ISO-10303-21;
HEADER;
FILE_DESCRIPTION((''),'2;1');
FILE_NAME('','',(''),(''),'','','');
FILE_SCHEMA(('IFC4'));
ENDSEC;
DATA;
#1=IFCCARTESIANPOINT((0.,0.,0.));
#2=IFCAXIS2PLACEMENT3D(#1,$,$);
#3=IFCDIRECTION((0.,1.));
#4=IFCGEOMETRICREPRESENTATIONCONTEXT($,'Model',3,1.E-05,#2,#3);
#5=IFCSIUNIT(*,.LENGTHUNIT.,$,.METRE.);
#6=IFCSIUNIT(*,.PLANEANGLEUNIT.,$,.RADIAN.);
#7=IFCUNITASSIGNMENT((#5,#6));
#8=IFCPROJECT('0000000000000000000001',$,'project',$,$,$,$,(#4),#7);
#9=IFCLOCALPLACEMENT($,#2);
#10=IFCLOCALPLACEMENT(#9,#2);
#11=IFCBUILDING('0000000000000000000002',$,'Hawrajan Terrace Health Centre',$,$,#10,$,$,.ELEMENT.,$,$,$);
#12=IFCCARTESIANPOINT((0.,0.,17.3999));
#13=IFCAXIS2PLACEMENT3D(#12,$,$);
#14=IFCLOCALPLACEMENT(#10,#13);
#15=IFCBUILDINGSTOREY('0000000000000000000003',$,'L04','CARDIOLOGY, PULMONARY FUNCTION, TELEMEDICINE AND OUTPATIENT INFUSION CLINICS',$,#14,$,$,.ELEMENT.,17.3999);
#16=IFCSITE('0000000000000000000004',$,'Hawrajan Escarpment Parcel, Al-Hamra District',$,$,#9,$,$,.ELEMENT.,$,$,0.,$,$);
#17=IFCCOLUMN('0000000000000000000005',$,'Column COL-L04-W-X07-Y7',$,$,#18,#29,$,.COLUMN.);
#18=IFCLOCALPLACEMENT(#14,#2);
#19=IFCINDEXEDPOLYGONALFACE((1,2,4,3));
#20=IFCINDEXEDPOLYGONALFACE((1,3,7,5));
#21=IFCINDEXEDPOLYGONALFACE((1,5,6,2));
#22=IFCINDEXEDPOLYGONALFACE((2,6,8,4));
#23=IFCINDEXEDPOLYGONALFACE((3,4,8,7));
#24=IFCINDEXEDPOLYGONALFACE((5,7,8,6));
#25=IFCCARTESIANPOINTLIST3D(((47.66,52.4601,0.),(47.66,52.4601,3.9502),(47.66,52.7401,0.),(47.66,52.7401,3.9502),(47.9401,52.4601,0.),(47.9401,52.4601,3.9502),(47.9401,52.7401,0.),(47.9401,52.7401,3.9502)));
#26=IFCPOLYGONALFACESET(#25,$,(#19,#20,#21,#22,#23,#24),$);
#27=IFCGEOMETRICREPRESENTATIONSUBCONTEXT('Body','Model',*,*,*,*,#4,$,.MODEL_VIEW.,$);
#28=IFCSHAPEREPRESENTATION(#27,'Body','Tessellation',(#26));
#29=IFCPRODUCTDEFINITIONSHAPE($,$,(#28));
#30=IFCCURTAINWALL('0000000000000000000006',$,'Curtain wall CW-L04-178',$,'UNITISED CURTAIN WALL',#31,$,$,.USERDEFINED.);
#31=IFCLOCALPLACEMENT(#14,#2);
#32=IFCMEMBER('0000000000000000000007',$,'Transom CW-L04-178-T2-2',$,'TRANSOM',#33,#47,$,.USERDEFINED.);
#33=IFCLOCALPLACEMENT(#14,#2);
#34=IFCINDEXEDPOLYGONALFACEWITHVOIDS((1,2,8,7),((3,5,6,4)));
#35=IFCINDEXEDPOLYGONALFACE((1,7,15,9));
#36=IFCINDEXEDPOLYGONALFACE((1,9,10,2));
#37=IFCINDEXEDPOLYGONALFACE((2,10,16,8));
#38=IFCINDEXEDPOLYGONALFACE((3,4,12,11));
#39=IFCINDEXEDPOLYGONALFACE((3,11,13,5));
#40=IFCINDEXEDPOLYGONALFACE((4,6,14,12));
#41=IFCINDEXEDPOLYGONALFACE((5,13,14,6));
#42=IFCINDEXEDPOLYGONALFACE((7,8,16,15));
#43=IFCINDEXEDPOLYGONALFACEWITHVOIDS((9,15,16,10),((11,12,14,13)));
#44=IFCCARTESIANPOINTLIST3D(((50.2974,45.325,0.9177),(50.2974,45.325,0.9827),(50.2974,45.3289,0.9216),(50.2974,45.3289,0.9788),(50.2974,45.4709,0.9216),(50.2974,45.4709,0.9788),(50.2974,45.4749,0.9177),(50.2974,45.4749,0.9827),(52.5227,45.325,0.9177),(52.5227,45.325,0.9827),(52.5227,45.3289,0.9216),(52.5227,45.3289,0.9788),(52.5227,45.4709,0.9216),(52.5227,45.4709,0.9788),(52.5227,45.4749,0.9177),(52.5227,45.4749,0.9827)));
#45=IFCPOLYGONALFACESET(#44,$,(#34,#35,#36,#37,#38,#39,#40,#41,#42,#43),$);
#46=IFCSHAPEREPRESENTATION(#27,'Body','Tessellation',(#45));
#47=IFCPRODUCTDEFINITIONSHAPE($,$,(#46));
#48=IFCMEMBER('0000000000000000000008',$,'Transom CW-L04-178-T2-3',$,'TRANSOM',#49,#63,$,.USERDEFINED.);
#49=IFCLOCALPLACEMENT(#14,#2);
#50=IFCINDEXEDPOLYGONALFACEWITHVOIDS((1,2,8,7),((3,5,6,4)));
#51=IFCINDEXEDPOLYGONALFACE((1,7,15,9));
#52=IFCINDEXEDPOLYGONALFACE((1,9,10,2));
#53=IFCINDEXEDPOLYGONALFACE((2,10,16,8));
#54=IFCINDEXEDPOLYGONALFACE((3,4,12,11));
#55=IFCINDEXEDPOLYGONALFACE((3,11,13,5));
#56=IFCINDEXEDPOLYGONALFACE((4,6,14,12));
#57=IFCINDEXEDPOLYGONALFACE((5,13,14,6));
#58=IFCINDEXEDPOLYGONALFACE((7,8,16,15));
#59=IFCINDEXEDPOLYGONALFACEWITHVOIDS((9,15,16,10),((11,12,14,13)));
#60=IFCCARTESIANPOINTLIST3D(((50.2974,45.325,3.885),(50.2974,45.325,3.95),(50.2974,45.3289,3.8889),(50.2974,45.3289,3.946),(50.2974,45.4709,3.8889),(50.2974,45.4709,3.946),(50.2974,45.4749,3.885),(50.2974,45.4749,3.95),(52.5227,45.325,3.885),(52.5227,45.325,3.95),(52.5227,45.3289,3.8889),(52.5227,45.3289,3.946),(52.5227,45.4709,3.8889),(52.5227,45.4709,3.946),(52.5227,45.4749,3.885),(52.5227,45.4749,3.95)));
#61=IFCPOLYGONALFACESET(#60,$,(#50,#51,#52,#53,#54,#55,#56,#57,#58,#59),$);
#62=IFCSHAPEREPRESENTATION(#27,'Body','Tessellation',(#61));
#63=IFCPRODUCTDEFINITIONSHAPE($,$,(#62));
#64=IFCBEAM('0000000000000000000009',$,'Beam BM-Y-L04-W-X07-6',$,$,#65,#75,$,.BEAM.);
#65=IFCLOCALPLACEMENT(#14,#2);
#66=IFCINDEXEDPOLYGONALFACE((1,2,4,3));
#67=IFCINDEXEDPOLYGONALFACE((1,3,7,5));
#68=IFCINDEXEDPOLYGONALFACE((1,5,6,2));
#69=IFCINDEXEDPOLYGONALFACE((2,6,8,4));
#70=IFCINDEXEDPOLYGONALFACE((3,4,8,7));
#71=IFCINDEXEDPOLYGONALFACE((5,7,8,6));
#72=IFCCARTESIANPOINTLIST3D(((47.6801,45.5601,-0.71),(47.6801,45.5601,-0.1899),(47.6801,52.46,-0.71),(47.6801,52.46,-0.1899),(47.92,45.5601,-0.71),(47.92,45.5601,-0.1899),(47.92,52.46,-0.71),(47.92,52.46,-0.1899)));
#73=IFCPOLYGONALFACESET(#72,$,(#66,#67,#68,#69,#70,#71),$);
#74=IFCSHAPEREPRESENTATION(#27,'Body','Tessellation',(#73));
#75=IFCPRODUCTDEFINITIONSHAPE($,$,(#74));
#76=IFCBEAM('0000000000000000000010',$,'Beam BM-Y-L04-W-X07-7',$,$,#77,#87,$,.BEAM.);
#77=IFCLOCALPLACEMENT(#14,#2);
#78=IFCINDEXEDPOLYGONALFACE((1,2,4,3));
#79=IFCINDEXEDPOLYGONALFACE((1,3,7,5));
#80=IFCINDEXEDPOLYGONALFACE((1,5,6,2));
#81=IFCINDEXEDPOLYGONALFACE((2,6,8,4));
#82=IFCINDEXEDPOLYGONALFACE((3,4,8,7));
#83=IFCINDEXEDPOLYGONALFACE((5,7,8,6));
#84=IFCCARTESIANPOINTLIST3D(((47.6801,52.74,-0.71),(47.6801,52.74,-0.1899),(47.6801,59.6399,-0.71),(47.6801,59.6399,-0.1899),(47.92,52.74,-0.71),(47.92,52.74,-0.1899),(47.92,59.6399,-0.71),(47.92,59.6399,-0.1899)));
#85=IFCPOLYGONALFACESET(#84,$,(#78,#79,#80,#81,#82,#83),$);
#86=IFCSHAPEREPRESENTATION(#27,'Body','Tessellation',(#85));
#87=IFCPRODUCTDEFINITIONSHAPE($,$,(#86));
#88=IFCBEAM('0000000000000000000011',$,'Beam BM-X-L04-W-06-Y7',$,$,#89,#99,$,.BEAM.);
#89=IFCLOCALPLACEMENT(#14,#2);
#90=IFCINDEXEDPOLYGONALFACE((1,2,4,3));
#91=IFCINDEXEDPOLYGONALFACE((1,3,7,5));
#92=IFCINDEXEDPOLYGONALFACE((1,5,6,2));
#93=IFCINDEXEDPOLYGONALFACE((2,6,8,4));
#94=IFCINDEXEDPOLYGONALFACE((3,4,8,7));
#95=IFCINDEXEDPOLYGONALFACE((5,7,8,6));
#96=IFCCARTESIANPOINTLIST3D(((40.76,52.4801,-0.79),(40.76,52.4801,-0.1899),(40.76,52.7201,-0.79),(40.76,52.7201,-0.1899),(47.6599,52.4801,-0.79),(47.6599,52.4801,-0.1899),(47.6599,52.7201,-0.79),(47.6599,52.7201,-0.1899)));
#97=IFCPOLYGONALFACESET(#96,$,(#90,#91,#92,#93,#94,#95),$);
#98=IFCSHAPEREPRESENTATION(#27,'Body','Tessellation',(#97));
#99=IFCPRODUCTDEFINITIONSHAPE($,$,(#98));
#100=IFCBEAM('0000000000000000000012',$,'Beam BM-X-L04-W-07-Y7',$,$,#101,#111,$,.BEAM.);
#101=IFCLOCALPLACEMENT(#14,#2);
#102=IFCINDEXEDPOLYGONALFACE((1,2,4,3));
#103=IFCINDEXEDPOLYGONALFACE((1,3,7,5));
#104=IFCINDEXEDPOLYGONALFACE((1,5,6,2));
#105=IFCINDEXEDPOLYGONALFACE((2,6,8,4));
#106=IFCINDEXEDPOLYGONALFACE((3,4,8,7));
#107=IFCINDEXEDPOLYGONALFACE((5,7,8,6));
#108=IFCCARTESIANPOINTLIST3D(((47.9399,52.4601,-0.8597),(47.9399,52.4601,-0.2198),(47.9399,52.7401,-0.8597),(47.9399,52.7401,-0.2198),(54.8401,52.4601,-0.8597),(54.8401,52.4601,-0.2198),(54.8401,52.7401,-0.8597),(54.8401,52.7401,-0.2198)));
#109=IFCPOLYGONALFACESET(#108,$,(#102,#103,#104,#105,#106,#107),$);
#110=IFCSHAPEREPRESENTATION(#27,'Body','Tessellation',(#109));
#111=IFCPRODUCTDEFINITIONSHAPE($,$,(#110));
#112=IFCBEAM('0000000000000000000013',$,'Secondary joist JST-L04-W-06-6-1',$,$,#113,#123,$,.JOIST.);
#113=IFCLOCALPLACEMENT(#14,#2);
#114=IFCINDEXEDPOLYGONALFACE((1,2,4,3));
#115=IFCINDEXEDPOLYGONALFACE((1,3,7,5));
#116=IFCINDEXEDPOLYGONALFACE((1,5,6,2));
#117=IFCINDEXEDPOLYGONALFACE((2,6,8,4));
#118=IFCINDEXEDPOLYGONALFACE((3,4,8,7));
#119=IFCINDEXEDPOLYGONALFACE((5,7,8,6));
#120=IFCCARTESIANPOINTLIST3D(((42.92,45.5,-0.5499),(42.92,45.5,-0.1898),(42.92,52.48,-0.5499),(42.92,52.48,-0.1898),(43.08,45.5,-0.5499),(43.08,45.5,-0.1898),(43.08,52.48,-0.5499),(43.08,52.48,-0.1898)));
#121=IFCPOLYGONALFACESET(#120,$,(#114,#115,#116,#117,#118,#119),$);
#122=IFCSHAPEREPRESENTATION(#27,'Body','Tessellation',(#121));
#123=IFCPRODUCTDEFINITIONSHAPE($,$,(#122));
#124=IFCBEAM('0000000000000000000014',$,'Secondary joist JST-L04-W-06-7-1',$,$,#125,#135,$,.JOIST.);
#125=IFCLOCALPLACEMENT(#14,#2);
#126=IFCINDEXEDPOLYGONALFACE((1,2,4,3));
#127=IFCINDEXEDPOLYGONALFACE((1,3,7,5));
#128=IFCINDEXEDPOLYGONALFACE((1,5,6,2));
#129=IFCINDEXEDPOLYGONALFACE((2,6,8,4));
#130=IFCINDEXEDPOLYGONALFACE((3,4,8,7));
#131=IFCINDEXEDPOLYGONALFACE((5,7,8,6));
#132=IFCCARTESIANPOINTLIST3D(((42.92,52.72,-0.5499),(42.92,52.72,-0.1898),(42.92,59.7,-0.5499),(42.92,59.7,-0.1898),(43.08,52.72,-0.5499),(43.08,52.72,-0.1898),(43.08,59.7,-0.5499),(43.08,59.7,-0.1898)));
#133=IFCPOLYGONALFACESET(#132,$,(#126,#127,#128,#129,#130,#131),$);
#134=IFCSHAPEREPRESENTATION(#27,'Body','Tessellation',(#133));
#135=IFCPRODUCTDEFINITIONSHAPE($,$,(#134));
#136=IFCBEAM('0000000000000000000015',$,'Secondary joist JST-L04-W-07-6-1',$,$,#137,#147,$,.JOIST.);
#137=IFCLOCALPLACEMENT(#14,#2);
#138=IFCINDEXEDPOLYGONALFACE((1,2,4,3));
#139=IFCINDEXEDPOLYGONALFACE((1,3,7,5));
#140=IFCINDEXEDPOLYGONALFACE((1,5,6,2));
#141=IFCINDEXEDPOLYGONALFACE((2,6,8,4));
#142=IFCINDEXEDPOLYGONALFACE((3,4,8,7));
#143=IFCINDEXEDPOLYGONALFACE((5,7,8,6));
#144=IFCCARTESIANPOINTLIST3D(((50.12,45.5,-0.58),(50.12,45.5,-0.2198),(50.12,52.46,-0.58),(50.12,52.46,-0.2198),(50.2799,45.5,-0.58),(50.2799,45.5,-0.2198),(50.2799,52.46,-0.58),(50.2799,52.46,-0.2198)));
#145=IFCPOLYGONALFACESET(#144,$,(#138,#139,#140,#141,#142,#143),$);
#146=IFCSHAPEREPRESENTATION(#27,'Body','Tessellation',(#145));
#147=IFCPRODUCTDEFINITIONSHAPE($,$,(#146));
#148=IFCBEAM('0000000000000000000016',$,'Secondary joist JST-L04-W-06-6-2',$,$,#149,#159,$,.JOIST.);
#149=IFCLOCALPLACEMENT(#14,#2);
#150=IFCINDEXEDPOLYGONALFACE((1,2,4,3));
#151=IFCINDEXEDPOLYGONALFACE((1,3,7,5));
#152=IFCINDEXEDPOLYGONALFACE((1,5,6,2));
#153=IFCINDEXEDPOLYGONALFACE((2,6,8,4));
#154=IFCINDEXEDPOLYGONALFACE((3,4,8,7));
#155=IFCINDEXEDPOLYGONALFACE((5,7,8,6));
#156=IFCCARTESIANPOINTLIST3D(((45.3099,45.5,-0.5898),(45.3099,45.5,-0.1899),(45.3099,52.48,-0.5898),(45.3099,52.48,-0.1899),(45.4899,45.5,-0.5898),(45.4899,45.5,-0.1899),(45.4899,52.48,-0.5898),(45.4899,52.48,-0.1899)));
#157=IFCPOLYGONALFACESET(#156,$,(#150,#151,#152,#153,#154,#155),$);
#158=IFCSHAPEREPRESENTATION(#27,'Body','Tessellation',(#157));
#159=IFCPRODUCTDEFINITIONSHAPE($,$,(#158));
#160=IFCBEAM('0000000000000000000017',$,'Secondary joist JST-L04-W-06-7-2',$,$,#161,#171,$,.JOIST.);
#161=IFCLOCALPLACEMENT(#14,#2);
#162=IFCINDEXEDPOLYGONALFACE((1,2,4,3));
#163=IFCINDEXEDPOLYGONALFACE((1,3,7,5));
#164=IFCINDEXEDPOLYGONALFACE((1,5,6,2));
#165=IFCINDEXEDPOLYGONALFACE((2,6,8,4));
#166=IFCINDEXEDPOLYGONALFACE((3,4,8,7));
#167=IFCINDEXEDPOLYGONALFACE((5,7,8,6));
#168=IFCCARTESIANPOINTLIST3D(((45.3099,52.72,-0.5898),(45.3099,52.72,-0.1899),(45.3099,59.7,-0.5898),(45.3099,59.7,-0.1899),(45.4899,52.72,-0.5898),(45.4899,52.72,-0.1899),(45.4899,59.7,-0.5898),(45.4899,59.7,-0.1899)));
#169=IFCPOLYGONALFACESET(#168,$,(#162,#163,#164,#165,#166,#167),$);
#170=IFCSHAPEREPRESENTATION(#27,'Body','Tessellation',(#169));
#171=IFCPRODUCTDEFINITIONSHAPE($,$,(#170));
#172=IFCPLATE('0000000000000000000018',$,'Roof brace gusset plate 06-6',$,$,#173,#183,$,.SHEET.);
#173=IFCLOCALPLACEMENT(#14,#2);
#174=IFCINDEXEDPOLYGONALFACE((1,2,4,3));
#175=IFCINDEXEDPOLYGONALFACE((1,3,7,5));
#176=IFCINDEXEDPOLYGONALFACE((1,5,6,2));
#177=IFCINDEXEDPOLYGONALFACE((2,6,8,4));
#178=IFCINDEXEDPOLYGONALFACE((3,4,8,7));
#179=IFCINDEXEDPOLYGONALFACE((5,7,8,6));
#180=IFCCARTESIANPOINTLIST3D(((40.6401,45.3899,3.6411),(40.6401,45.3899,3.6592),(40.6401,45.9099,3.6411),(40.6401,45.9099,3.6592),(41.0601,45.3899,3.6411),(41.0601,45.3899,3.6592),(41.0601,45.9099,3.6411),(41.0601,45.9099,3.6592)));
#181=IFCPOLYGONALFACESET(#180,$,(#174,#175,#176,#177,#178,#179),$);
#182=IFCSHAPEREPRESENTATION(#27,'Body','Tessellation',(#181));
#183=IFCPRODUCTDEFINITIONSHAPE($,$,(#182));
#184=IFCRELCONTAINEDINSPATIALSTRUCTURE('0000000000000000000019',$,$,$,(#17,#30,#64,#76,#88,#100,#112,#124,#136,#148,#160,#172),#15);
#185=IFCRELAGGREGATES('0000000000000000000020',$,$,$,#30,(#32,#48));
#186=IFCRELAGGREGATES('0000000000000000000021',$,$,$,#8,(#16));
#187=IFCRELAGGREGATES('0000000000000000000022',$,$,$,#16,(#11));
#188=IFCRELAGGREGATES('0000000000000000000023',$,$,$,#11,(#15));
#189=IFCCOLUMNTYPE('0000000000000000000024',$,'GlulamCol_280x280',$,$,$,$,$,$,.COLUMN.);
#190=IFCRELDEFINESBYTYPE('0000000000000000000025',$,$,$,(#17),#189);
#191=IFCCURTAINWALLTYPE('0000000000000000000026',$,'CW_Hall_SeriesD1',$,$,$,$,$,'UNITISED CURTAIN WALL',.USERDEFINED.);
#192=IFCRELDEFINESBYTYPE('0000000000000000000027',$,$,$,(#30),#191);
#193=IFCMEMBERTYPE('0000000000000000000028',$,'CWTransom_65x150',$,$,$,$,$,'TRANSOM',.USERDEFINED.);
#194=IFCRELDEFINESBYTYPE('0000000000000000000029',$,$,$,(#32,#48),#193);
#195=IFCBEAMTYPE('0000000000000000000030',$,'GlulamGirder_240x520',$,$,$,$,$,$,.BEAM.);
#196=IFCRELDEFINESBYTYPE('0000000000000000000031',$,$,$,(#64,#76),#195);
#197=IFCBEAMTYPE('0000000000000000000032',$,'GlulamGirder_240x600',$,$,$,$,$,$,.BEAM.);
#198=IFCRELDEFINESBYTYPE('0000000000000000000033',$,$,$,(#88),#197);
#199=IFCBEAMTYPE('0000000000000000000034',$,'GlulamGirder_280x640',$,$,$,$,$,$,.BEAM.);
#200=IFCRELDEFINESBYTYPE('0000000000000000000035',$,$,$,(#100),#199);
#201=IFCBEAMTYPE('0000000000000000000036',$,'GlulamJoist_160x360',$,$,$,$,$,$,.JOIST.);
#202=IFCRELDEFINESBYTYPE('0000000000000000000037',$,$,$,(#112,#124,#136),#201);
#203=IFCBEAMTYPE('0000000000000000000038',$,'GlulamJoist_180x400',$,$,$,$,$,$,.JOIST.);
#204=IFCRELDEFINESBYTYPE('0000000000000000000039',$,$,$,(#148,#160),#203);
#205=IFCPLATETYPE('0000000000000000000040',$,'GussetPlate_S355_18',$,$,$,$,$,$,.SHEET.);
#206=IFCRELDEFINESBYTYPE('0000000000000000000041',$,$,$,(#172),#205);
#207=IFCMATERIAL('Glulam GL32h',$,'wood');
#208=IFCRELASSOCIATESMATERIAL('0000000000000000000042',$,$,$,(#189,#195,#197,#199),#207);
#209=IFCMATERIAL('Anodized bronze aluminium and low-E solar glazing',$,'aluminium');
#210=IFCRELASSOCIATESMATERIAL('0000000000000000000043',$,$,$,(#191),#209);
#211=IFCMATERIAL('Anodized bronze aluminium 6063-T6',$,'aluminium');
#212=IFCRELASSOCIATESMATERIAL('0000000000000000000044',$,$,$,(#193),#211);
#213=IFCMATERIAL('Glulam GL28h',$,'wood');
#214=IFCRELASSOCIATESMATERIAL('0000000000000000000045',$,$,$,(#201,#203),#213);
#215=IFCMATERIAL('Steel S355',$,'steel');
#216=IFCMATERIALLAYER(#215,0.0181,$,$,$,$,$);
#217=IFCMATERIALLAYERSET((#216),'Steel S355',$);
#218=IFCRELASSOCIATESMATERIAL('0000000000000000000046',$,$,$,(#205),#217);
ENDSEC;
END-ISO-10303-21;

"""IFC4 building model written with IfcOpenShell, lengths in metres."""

from ifc_helpers import new_model, si_unit, direction, frame, origin, origin_2d, place, context, subcontext, project, spatial, rectangle, hollow_rectangle, extrude, material, layer, layer_set, material_profile, profile_set, type_object, element, aggregate, save


model = new_model("IFC4")

# Units and contexts
model_context = context("Model", 3, precision=1e-05, world=origin(), true_north=direction((0.0, 1.0)))
body_context = subcontext(model_context, "Body", "Model", "MODEL_VIEW")
ifc_project = project(units=[si_unit("LENGTHUNIT", "METRE"), si_unit("PLANEANGLEUNIT", "RADIAN")], contexts=[model_context])

# Site, building, storey
site_placement = place(None, origin())
site = spatial("IfcSite", under=ifc_project, at=site_placement, Name="Hawrajan Escarpment Parcel, Al-Hamra District", CompositionType="ELEMENT", RefElevation=0.0)
building_placement = place(site_placement, origin())
building = spatial("IfcBuilding", under=site, at=building_placement, Name="Hawrajan Terrace Health Centre", CompositionType="ELEMENT")
storey_placement = place(building_placement, frame((0.0, 0.0, 17.3999)))
storey = spatial("IfcBuildingStorey", under=building, at=storey_placement, Name="L04", Description="CARDIOLOGY, PULMONARY FUNCTION, TELEMEDICINE AND OUTPATIENT INFUSION CLINICS", CompositionType="ELEMENT", Elevation=17.3999)

# Column
ifc_material_1 = material(Name="Glulam GL32h", Category="wood")
ifc_material_profile_1 = material_profile(ifc_material_1, rectangle(XDim=0.28, YDim=0.28, at=origin_2d()), Name="GL 280x280")
ifc_profile_set_1 = profile_set([ifc_material_profile_1], Name="Glulam GL32h")
column_type = type_object("IfcColumnType", Name="GlulamCol_280x280", PredefinedType="COLUMN", material=ifc_profile_set_1)
column_placement = place(storey_placement, frame((47.8, 52.6001, 0.0), z_axis=(0.0, 0.0, 1.0), x_axis=(1.0, 0.0, 0.0)))
element("IfcColumn", 1, at=column_placement, inside=storey, type_object=column_type, Name="Column COL-L04-W-X07-Y7", PredefinedType="COLUMN", context=body_context, shape_type="SweptSolid", body=[
    extrude(rectangle(XDim=0.28, YDim=0.28, at=origin_2d()), origin(), (0.0, 0.0, 1.0), 3.9502),
])

# Curtain wall, members
ifc_material_2 = material(Name="Anodized bronze aluminium and low-E solar glazing", Category="aluminium")
curtain_wall_type = type_object("IfcCurtainWallType", Name="CW_Hall_SeriesD1", ElementType="UNITISED CURTAIN WALL", PredefinedType="USERDEFINED", material=ifc_material_2)
curtain_wall_placement = place(storey_placement, origin())
curtain_wall = element("IfcCurtainWall", 2, at=curtain_wall_placement, inside=storey, type_object=curtain_wall_type, Name="Curtain wall CW-L04-178", ObjectType="UNITISED CURTAIN WALL", PredefinedType="USERDEFINED")
ifc_material_3 = material(Name="Anodized bronze aluminium 6063-T6", Category="aluminium")
ifc_material_profile_2 = material_profile(ifc_material_3, hollow_rectangle(XDim=0.0649, YDim=0.1499, WallThickness=0.0039, at=origin_2d()), Name="CW TRN 65x150")
ifc_profile_set_2 = profile_set([ifc_material_profile_2], Name="Anodized bronze aluminium 6063-T6")
member_type = type_object("IfcMemberType", Name="CWTransom_65x150", ElementType="TRANSOM", PredefinedType="USERDEFINED", material=ifc_profile_set_2)
member_1_placement = place(storey_placement, frame((50.2974, 45.3999, 0.9502), z_axis=(1.0, 0.0, 0.0), x_axis=(0.0, 0.0, 1.0)))
member_1 = element("IfcMember", 3, at=member_1_placement, type_object=member_type, Name="Transom CW-L04-178-T2-2", ObjectType="TRANSOM", PredefinedType="USERDEFINED", context=body_context, shape_type="SweptSolid", body=[
    extrude(hollow_rectangle(XDim=0.0649, YDim=0.1499, WallThickness=0.0039, at=origin_2d()), origin(), (0.0, 0.0, 1.0), 2.2253),
])
member_2_placement = place(storey_placement, frame((50.2974, 45.3999, 3.9175), z_axis=(1.0, 0.0, 0.0), x_axis=(0.0, 0.0, 1.0)))
member_2 = element("IfcMember", 4, at=member_2_placement, type_object=member_type, Name="Transom CW-L04-178-T2-3", ObjectType="TRANSOM", PredefinedType="USERDEFINED", context=body_context, shape_type="SweptSolid", body=[
    extrude(hollow_rectangle(XDim=0.0649, YDim=0.1499, WallThickness=0.0039, at=origin_2d()), origin(), (0.0, 0.0, 1.0), 2.2253),
])
aggregate(curtain_wall, [member_1, member_2])

# Beams
ifc_material_profile_3 = material_profile(ifc_material_1, rectangle(XDim=0.24, YDim=0.52, at=origin_2d()), Name="GL BM 240x520")
ifc_profile_set_3 = profile_set([ifc_material_profile_3], Name="Glulam GL32h")
beam_type_1 = type_object("IfcBeamType", Name="GlulamGirder_240x520", PredefinedType="BEAM", material=ifc_profile_set_3)
for number, where, z_axis, x_axis, name in (
    (5, (47.8, 45.5601, -0.45), (0.0, 1.0, 0.0), (-1.0, 0.0, 0.0), "Beam BM-Y-L04-W-X07-6"),
    (6, (47.8, 52.74, -0.45), (0.0, 1.0, 0.0), (-1.0, 0.0, 0.0), "Beam BM-Y-L04-W-X07-7"),
):
    element("IfcBeam", number, at=place(storey_placement, frame(where, z_axis=z_axis, x_axis=x_axis)), inside=storey, type_object=beam_type_1, Name=name, PredefinedType="BEAM", context=body_context, shape_type="SweptSolid", body=[
        extrude(rectangle(XDim=0.24, YDim=0.52, at=origin_2d()), origin(), (0.0, 0.0, 1.0), 6.8999),
    ])
ifc_material_profile_4 = material_profile(ifc_material_1, rectangle(XDim=0.24, YDim=0.6001, at=origin_2d()), Name="GL BM 240x600")
ifc_profile_set_4 = profile_set([ifc_material_profile_4], Name="Glulam GL32h")
beam_type_2 = type_object("IfcBeamType", Name="GlulamGirder_240x600", PredefinedType="BEAM", material=ifc_profile_set_4)
beam_1_placement = place(storey_placement, frame((40.76, 52.6001, -0.49), z_axis=(1.0, 0.0, 0.0), x_axis=(0.0, 1.0, 0.0)))
element("IfcBeam", 7, at=beam_1_placement, inside=storey, type_object=beam_type_2, Name="Beam BM-X-L04-W-06-Y7", PredefinedType="BEAM", context=body_context, shape_type="SweptSolid", body=[
    extrude(rectangle(XDim=0.24, YDim=0.6001, at=origin_2d()), origin(), (0.0, 0.0, 1.0), 6.8999),
])
ifc_material_profile_5 = material_profile(ifc_material_1, rectangle(XDim=0.28, YDim=0.6399, at=origin_2d()), Name="GL BM 280x640")
ifc_profile_set_5 = profile_set([ifc_material_profile_5], Name="Glulam GL32h")
beam_type_3 = type_object("IfcBeamType", Name="GlulamGirder_280x640", PredefinedType="BEAM", material=ifc_profile_set_5)
beam_2_placement = place(storey_placement, frame((47.9399, 52.6001, -0.5398), z_axis=(1.0, 0.0, 0.0), x_axis=(0.0, 1.0, 0.0)))
element("IfcBeam", 8, at=beam_2_placement, inside=storey, type_object=beam_type_3, Name="Beam BM-X-L04-W-07-Y7", PredefinedType="BEAM", context=body_context, shape_type="SweptSolid", body=[
    extrude(rectangle(XDim=0.28, YDim=0.6399, at=origin_2d()), origin(), (0.0, 0.0, 1.0), 6.9001),
])
ifc_material_4 = material(Name="Glulam GL28h", Category="wood")
ifc_material_profile_6 = material_profile(ifc_material_4, rectangle(XDim=0.1599, YDim=0.3601, at=origin_2d()), Name="GL JST 160x360")
ifc_profile_set_6 = profile_set([ifc_material_profile_6], Name="Glulam GL28h")
beam_type_4 = type_object("IfcBeamType", Name="GlulamJoist_160x360", PredefinedType="JOIST", material=ifc_profile_set_6)
for number, where, z_axis, x_axis, name in (
    (9, (43.0, 45.5, -0.3699), (0.0, 1.0, 0.0), (-1.0, 0.0, 0.0), "Secondary joist JST-L04-W-06-6-1"),
    (10, (43.0, 52.72, -0.3699), (0.0, 1.0, 0.0), (-1.0, 0.0, 0.0), "Secondary joist JST-L04-W-06-7-1"),
):
    element("IfcBeam", number, at=place(storey_placement, frame(where, z_axis=z_axis, x_axis=x_axis)), inside=storey, type_object=beam_type_4, Name=name, PredefinedType="JOIST", context=body_context, shape_type="SweptSolid", body=[
        extrude(rectangle(XDim=0.1599, YDim=0.3601, at=origin_2d()), origin(), (0.0, 0.0, 1.0), 6.98),
    ])
beam_3_placement = place(storey_placement, frame((50.2, 45.5, -0.3999), z_axis=(0.0, 1.0, 0.0), x_axis=(-1.0, 0.0, 0.0)))
element("IfcBeam", 11, at=beam_3_placement, inside=storey, type_object=beam_type_4, Name="Secondary joist JST-L04-W-07-6-1", PredefinedType="JOIST", context=body_context, shape_type="SweptSolid", body=[
    extrude(rectangle(XDim=0.1599, YDim=0.3601, at=origin_2d()), origin(), (0.0, 0.0, 1.0), 6.96),
])
ifc_material_profile_7 = material_profile(ifc_material_4, rectangle(XDim=0.1799, YDim=0.3999, at=origin_2d()), Name="GL JST 180x400")
ifc_profile_set_7 = profile_set([ifc_material_profile_7], Name="Glulam GL28h")
beam_type_5 = type_object("IfcBeamType", Name="GlulamJoist_180x400", PredefinedType="JOIST", material=ifc_profile_set_7)
for number, where, z_axis, x_axis, name in (
    (12, (45.3999, 45.5, -0.3899), (0.0, 1.0, 0.0), (-1.0, 0.0, 0.0), "Secondary joist JST-L04-W-06-6-2"),
    (13, (45.3999, 52.72, -0.3899), (0.0, 1.0, 0.0), (-1.0, 0.0, 0.0), "Secondary joist JST-L04-W-06-7-2"),
):
    element("IfcBeam", number, at=place(storey_placement, frame(where, z_axis=z_axis, x_axis=x_axis)), inside=storey, type_object=beam_type_5, Name=name, PredefinedType="JOIST", context=body_context, shape_type="SweptSolid", body=[
        extrude(rectangle(XDim=0.1799, YDim=0.3999, at=origin_2d()), origin(), (0.0, 0.0, 1.0), 6.98),
    ])

# Plate
ifc_material_5 = material(Name="Steel S355", Category="steel")
ifc_layer_1 = layer(ifc_material_5, 0.0181)
ifc_layer_set_1 = layer_set([ifc_layer_1], Name="Steel S355")
plate_type = type_object("IfcPlateType", Name="GussetPlate_S355_18", PredefinedType="SHEET", material=ifc_layer_set_1)
for number, where, z_axis, x_axis, name in (
    (14, (40.8501, 45.6499, 3.6411), (0.0, 0.0, 1.0), (1.0, 0.0, 0.0), "Roof brace gusset plate 06-6"),
):
    element("IfcPlate", number, at=place(storey_placement, frame(where, z_axis=z_axis, x_axis=x_axis)), inside=storey, type_object=plate_type, Name=name, PredefinedType="SHEET", context=body_context, shape_type="SweptSolid", body=[
        extrude(rectangle(XDim=0.4199, YDim=0.52, at=origin_2d()), origin(), (0.0, 0.0, 1.0), 0.0181),
    ])

save(model, "model.ifc")
